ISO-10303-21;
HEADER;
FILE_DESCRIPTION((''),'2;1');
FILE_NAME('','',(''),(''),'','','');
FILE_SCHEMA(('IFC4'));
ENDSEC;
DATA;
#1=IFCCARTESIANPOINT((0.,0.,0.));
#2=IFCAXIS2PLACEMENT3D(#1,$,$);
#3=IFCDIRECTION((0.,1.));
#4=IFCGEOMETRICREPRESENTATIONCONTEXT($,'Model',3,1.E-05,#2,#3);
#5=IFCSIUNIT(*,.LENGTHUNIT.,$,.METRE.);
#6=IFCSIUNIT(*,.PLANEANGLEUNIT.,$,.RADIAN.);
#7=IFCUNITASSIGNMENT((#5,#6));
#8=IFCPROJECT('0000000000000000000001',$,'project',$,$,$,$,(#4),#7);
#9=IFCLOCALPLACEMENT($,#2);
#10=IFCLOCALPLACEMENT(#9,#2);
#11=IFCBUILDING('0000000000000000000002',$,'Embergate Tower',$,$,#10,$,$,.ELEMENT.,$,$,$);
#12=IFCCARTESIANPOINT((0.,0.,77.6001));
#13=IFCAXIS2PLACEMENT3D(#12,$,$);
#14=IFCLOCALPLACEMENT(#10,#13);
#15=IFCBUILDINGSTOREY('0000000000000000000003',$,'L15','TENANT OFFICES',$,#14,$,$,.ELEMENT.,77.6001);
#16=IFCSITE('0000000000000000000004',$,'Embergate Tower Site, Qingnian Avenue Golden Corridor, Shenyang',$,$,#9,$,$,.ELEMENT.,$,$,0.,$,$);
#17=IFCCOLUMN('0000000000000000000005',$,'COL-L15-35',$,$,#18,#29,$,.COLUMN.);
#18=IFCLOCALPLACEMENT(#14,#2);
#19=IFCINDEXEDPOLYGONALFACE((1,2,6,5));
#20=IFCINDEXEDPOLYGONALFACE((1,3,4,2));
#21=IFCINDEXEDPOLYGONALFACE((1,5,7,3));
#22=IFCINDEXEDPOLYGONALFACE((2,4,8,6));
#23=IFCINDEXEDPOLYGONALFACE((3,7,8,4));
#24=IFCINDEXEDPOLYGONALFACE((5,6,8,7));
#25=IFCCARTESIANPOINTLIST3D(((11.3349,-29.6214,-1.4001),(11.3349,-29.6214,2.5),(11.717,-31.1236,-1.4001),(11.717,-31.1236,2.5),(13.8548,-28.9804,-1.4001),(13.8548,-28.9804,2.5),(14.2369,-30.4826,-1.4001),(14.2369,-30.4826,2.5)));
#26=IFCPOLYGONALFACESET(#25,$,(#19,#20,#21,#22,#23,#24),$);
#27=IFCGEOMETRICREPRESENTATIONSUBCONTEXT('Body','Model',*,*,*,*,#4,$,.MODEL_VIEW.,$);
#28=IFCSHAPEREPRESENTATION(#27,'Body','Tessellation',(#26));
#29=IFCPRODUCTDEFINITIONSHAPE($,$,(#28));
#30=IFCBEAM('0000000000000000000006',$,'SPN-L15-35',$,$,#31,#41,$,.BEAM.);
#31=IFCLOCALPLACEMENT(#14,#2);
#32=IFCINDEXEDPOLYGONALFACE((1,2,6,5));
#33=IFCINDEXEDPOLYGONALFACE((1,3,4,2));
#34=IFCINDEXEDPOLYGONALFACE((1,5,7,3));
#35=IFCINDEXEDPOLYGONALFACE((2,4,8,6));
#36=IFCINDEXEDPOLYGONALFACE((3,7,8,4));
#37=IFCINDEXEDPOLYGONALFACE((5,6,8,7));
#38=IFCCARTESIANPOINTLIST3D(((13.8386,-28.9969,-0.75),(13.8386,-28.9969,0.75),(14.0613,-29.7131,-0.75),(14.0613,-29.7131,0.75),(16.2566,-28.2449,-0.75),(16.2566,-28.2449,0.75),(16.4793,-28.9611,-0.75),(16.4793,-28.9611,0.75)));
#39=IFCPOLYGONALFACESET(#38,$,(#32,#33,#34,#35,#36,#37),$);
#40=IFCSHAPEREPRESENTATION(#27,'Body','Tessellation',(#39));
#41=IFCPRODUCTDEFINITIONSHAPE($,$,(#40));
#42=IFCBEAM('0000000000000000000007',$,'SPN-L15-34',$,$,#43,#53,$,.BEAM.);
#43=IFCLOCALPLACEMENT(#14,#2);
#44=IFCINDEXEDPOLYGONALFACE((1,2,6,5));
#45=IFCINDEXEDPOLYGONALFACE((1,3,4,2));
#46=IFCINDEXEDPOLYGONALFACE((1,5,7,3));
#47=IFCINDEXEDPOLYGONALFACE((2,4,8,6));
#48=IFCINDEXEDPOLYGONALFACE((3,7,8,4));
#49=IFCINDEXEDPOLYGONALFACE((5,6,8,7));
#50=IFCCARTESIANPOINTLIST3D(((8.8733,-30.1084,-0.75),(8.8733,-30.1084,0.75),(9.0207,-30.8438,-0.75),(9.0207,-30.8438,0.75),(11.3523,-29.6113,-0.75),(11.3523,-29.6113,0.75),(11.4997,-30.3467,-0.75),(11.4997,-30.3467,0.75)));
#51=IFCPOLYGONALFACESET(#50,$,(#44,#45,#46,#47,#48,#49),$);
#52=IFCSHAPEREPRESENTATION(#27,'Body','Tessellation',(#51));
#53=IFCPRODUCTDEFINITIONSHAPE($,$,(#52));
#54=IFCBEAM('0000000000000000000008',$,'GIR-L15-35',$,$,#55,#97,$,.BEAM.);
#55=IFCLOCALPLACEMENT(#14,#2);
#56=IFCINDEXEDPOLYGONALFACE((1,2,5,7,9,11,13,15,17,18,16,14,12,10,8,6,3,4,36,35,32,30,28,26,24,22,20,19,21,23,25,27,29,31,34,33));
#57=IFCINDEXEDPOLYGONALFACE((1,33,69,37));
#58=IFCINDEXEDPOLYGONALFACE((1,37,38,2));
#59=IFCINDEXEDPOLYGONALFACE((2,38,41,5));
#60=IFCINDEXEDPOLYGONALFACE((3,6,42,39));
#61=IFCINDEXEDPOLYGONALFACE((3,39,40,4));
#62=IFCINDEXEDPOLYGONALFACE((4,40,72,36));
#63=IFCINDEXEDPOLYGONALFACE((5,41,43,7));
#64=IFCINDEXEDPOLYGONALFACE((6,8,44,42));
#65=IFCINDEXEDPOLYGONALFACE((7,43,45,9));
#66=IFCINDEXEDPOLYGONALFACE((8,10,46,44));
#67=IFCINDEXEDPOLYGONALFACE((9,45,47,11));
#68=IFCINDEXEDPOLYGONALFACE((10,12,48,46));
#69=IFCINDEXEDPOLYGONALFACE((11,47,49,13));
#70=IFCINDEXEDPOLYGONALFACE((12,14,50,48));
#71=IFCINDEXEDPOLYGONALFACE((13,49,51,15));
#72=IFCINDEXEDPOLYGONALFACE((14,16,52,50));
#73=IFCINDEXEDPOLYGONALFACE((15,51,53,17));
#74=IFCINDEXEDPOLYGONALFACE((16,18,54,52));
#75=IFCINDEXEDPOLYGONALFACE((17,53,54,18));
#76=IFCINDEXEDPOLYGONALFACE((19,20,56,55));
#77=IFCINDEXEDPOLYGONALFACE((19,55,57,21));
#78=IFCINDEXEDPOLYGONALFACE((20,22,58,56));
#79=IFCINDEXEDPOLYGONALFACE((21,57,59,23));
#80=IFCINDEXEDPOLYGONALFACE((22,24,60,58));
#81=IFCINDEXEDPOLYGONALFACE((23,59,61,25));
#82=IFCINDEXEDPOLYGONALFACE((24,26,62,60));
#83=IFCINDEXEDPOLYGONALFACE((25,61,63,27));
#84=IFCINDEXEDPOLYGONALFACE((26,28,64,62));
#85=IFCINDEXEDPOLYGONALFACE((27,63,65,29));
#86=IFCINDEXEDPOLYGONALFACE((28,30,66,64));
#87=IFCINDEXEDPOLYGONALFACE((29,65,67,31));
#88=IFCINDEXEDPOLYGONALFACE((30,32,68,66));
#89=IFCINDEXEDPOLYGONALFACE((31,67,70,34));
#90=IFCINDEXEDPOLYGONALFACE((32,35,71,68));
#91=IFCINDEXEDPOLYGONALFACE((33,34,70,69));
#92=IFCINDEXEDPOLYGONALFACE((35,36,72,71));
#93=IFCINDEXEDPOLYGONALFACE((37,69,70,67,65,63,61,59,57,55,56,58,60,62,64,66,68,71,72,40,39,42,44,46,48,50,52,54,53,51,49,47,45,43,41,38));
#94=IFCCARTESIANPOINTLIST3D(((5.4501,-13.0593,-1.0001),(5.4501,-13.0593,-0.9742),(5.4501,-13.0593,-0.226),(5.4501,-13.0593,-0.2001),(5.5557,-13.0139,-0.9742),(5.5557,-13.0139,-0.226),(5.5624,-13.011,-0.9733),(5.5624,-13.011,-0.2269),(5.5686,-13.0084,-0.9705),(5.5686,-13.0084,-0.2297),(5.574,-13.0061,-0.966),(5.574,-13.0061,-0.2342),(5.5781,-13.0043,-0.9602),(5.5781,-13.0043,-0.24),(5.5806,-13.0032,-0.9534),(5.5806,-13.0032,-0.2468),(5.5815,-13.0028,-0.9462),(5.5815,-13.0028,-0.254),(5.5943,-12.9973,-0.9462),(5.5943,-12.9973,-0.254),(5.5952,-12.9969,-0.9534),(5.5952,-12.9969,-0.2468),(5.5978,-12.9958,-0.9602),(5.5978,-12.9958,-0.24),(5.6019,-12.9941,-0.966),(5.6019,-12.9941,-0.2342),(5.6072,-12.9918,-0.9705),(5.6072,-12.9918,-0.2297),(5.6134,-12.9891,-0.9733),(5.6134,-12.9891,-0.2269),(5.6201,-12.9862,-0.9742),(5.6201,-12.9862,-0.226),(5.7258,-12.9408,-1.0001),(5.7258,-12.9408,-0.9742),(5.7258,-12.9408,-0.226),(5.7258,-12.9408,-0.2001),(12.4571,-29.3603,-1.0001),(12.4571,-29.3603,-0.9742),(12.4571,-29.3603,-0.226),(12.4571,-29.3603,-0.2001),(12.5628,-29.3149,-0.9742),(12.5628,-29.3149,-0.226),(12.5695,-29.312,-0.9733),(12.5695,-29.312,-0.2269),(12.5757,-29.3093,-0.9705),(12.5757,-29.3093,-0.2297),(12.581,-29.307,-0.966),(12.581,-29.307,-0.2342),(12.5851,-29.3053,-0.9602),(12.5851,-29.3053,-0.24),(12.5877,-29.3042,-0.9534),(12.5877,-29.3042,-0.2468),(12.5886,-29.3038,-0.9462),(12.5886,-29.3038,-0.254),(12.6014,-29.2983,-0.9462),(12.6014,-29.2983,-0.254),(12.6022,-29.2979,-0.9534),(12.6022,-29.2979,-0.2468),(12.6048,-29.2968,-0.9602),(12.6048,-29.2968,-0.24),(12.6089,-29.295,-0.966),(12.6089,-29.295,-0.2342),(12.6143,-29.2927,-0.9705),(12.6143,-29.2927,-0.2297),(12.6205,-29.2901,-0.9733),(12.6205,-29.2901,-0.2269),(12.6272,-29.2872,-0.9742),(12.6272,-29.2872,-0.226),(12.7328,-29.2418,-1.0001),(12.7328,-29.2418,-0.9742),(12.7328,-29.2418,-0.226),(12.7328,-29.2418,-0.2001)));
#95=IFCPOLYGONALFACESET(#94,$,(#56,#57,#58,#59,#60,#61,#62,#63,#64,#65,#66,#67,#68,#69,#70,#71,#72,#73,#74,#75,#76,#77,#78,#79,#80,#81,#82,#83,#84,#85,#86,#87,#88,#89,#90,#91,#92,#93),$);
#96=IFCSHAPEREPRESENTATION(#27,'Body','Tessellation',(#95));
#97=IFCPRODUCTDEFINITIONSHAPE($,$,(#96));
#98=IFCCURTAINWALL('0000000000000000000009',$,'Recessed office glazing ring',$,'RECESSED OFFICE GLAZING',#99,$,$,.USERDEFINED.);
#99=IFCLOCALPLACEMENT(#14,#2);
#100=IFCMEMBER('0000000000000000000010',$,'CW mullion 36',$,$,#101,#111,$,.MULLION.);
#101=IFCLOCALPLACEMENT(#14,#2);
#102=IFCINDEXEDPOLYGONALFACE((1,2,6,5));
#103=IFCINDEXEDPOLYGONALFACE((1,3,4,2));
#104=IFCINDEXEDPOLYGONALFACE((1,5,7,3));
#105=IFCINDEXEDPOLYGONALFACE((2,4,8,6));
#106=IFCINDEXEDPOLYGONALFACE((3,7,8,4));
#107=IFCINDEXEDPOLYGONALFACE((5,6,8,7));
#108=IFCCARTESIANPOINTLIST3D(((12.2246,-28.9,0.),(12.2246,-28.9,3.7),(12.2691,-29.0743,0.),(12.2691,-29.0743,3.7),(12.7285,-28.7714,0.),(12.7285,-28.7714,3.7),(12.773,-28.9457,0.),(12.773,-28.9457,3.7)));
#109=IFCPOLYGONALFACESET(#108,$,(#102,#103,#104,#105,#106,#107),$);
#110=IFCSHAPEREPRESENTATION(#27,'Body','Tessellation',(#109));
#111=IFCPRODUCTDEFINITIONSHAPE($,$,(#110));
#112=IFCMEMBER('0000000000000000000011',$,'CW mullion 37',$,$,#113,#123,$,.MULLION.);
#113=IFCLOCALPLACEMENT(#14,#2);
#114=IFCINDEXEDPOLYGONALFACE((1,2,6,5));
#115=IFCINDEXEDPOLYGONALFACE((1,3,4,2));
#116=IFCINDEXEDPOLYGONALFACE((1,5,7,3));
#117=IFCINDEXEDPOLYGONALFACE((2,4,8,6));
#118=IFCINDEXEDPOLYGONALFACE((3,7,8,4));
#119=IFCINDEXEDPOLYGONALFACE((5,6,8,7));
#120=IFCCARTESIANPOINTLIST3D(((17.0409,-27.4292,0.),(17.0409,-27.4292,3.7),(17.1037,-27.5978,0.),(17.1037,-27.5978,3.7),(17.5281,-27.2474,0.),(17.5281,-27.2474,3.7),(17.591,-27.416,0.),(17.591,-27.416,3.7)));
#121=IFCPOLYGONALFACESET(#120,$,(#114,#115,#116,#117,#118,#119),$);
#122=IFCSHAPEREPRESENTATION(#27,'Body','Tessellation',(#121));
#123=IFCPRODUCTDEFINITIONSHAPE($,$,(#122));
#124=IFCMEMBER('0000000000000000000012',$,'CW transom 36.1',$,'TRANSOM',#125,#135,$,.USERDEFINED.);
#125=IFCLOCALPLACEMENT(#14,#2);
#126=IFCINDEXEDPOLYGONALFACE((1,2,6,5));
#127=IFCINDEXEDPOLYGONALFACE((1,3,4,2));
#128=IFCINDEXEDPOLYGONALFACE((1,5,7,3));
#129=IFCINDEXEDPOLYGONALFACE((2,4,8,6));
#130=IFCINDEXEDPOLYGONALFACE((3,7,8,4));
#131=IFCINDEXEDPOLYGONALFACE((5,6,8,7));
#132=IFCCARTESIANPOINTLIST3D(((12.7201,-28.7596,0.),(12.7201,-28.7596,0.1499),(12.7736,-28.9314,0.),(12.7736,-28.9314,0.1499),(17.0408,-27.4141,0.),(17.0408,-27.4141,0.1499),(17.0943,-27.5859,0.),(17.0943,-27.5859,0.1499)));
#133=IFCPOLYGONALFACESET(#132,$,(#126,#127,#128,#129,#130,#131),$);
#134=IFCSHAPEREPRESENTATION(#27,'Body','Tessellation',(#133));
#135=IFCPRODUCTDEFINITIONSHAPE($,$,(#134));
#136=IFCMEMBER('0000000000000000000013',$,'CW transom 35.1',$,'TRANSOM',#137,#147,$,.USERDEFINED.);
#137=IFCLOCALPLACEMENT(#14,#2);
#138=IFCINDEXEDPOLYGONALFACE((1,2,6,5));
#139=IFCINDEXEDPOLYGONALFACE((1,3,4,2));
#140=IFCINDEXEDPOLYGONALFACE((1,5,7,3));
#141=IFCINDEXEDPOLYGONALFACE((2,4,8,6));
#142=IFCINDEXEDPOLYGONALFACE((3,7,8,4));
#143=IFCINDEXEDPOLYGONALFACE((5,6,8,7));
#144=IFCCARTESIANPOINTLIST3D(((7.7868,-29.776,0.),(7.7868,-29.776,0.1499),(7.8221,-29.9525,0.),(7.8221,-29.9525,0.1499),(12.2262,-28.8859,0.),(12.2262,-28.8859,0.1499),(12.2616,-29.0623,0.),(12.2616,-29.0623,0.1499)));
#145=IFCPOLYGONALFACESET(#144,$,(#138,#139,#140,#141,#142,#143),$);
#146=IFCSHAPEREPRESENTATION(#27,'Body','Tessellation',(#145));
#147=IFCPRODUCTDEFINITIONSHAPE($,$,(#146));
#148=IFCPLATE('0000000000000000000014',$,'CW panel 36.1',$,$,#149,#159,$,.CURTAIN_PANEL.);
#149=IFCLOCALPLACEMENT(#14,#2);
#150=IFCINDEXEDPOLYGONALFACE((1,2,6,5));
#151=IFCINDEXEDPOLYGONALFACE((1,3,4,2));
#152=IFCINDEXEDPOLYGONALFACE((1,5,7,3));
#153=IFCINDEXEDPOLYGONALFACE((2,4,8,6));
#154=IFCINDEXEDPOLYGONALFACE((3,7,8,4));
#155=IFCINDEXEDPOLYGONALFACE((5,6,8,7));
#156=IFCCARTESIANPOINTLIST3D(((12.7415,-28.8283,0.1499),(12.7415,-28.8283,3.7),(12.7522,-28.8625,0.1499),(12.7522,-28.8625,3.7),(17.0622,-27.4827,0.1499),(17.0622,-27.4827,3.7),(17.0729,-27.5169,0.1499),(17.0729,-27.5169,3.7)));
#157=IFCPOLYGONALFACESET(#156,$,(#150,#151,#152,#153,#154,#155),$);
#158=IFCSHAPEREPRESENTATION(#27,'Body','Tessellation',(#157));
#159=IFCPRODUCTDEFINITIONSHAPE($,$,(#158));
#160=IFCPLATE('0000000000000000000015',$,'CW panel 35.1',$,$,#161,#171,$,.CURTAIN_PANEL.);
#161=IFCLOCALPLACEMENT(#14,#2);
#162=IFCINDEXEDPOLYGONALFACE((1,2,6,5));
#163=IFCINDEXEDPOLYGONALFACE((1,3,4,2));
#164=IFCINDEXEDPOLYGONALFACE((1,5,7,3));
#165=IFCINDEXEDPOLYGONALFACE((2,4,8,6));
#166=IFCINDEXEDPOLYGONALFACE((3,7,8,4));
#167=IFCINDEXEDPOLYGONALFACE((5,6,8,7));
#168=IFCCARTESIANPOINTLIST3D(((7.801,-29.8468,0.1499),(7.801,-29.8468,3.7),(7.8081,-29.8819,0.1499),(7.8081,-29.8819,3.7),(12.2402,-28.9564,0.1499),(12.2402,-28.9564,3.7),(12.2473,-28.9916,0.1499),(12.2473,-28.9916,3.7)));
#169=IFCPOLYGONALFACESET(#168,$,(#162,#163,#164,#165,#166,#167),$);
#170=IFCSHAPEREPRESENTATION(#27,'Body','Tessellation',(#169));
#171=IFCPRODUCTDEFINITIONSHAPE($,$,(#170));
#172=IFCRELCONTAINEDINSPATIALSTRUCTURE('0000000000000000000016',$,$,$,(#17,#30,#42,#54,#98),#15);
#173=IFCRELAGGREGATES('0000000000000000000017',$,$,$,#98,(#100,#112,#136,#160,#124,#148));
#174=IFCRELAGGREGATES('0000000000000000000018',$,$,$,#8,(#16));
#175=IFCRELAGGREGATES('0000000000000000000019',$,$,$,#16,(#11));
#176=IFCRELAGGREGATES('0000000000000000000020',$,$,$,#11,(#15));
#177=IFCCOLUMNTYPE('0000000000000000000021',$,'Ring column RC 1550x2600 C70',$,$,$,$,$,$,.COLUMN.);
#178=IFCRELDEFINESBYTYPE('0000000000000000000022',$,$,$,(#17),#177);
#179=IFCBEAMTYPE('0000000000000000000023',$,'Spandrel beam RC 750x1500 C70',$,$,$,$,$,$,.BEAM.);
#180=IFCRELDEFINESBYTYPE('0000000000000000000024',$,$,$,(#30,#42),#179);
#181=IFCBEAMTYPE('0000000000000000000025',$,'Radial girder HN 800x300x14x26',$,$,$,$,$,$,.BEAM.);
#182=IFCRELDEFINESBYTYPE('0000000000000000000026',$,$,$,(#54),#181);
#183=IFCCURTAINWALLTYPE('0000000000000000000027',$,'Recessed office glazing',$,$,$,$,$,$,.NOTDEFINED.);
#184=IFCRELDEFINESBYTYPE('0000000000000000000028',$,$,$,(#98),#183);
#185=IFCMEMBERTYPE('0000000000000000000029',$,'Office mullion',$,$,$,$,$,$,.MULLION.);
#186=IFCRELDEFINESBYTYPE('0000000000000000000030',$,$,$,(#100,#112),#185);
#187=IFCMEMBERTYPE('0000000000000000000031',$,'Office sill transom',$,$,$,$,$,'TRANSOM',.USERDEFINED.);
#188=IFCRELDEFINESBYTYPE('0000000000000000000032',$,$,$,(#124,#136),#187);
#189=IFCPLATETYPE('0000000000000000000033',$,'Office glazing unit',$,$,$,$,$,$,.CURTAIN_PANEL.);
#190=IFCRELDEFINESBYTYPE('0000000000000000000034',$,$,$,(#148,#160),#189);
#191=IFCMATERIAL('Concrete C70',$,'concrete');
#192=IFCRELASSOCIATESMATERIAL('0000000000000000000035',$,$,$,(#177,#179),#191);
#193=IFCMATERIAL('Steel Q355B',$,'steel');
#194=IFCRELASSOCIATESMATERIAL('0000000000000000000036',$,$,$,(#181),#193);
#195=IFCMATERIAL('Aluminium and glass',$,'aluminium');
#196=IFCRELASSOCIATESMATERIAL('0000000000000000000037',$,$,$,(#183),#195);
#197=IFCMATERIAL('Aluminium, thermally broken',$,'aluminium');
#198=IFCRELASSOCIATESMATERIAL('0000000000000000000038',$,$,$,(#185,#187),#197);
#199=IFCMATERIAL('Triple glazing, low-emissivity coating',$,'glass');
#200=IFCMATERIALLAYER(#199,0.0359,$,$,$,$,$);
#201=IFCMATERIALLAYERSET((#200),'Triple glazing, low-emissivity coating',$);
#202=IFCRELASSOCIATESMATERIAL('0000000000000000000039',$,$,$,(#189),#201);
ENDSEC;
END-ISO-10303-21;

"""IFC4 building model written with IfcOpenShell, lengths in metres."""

from ifc_helpers import new_model, si_unit, direction, frame, origin, origin_2d, place, context, subcontext, project, spatial, rectangle, i_section, extrude, source, transform, mapped, material, layer, layer_set, material_profile, profile_set, type_object, element, aggregate, save


model = new_model("IFC4")

# Units and contexts
model_context = context("Model", 3, precision=1e-05, world=origin(), true_north=direction((0.0, 1.0)))
body_context = subcontext(model_context, "Body", "Model", "MODEL_VIEW")
ifc_project = project(units=[si_unit("LENGTHUNIT", "METRE"), si_unit("PLANEANGLEUNIT", "RADIAN")], contexts=[model_context])

# Site, building, storey
site_placement = place(None, origin())
site = spatial("IfcSite", under=ifc_project, at=site_placement, Name="Embergate Tower Site, Qingnian Avenue Golden Corridor, Shenyang", CompositionType="ELEMENT", RefElevation=0.0)
building_placement = place(site_placement, origin())
building = spatial("IfcBuilding", under=site, at=building_placement, Name="Embergate Tower", CompositionType="ELEMENT")
storey_placement = place(building_placement, frame((0.0, 0.0, 77.6001)))
storey = spatial("IfcBuildingStorey", under=building, at=storey_placement, Name="L15", Description="TENANT OFFICES", CompositionType="ELEMENT", Elevation=77.6001)

# Column
ifc_material_1 = material(Name="Concrete C70", Category="concrete")
ifc_material_profile_1 = material_profile(ifc_material_1, rectangle(XDim=1.55, YDim=2.6001, at=origin_2d()), Name="RC 1550x2600")
ifc_profile_set_1 = profile_set([ifc_material_profile_1], Name="Concrete C70")
column_type = type_object("IfcColumnType", Name="Ring column RC 1550x2600 C70", PredefinedType="COLUMN", material=ifc_profile_set_1)
shared_shape_1 = source(origin(), body_context, "Body", "SweptSolid", [
    extrude(rectangle(XDim=1.55, YDim=2.6001, at=origin_2d()), origin(), (0.0, 0.0, 1.0), 3.9001),
])
column_placement = place(storey_placement, frame((12.7859, -30.052, -1.4001), z_axis=(0.0, 0.0, 1.0), x_axis=(0.246509, -0.969141, 0.0)))
element("IfcColumn", 1, at=column_placement, inside=storey, type_object=column_type, Name="COL-L15-35", PredefinedType="COLUMN", context=body_context, shape_type="MappedRepresentation", body=[
    mapped(shared_shape_1, transform((0.0, 0.0, 0.0))),
])

# Beams
ifc_material_profile_2 = material_profile(ifc_material_1, rectangle(XDim=0.75, YDim=1.5, at=origin_2d()), Name="RC 750x1500")
ifc_profile_set_2 = profile_set([ifc_material_profile_2], Name="Concrete C70")
beam_type_1 = type_object("IfcBeamType", Name="Spandrel beam RC 750x1500 C70", PredefinedType="BEAM", material=ifc_profile_set_2)
shared_shape_2 = source(origin(), body_context, "Body", "SweptSolid", [
    extrude(rectangle(XDim=0.75, YDim=1.5, at=origin_2d()), origin(), (0.0, 0.0, 1.0), 2.5322),
])
beam_1_placement = place(storey_placement, frame((13.95, -29.355, 0.0), z_axis=(0.954891, 0.296957, 0.0), x_axis=(-0.296957, 0.954891, 0.0)))
element("IfcBeam", 2, at=beam_1_placement, inside=storey, type_object=beam_type_1, Name="SPN-L15-35", PredefinedType="BEAM", context=body_context, shape_type="MappedRepresentation", body=[
    mapped(shared_shape_2, transform((0.0, 0.0, 0.0))),
])
shared_shape_3 = source(origin(), body_context, "Body", "SweptSolid", [
    extrude(rectangle(XDim=0.75, YDim=1.5, at=origin_2d()), origin(), (0.0, 0.0, 1.0), 2.5283),
])
beam_2_placement = place(storey_placement, frame((8.947, -30.4761, 0.0), z_axis=(0.980484, 0.196599, 0.0), x_axis=(-0.196599, 0.980484, 0.0)))
element("IfcBeam", 3, at=beam_2_placement, inside=storey, type_object=beam_type_1, Name="SPN-L15-34", PredefinedType="BEAM", context=body_context, shape_type="MappedRepresentation", body=[
    mapped(shared_shape_3, transform((0.0, 0.0, 0.0))),
])
ifc_material_2 = material(Name="Steel Q355B", Category="steel")
ifc_material_profile_3 = material_profile(ifc_material_2, i_section(OverallWidth=0.3, OverallDepth=0.8, WebThickness=0.0139, FlangeThickness=0.0259, FilletRadius=0.0281, at=origin_2d()), Name="HN 800x300x14x26")
ifc_profile_set_3 = profile_set([ifc_material_profile_3], Name="Steel Q355 grade B")
beam_type_2 = type_object("IfcBeamType", Name="Radial girder HN 800x300x14x26", PredefinedType="BEAM", material=ifc_profile_set_3)
shared_shape_4 = source(origin(), body_context, "Body", "SweptSolid", [
    extrude(i_section(OverallWidth=0.3, OverallDepth=0.8, WebThickness=0.0139, FlangeThickness=0.0259, FilletRadius=0.0281, at=origin_2d()), origin(), (0.0, 0.0, 1.0), 17.7432),
])
beam_3_placement = place(storey_placement, frame((12.595, -29.301, -0.6001), z_axis=(-0.394915, 0.918717, 0.0), x_axis=(-0.918717, -0.394915, 0.0)))
element("IfcBeam", 4, at=beam_3_placement, inside=storey, type_object=beam_type_2, Name="GIR-L15-35", PredefinedType="BEAM", context=body_context, shape_type="MappedRepresentation", body=[
    mapped(shared_shape_4, transform((0.0, 0.0, 0.0))),
])

# Curtain wall, members, plates
ifc_material_3 = material(Name="Aluminium and glass", Category="aluminium")
curtain_wall_type = type_object("IfcCurtainWallType", Name="Recessed office glazing", PredefinedType="NOTDEFINED", material=ifc_material_3)
curtain_wall_placement = place(storey_placement, origin())
curtain_wall = element("IfcCurtainWall", 5, at=curtain_wall_placement, inside=storey, type_object=curtain_wall_type, Name="Recessed office glazing ring", ObjectType="RECESSED OFFICE GLAZING", PredefinedType="USERDEFINED")
ifc_material_4 = material(Name="Aluminium, thermally broken", Category="aluminium")
ifc_material_profile_4 = material_profile(ifc_material_4, rectangle(XDim=0.1799, YDim=0.52, at=origin_2d()), Name="AL 520x180")
ifc_profile_set_4 = profile_set([ifc_material_profile_4], Name="Aluminium, thermally broken")
member_type_1 = type_object("IfcMemberType", Name="Office mullion", PredefinedType="MULLION", material=ifc_profile_set_4)
shared_shape_5 = source(origin(), body_context, "Body", "SweptSolid", [
    extrude(rectangle(XDim=0.1799, YDim=0.52, at=origin_2d()), origin(), (0.0, 0.0, 1.0), 3.7),
])
member_1_placement = place(storey_placement, frame((12.4988, -28.9229, 0.0), z_axis=(0.0, 0.0, 1.0), x_axis=(-0.247315, 0.968935, 0.0)))
member_1 = element("IfcMember", 6, at=member_1_placement, type_object=member_type_1, Name="CW mullion 36", PredefinedType="MULLION", context=body_context, shape_type="MappedRepresentation", body=[
    mapped(shared_shape_5, transform((0.0, 0.0, 0.0))),
])
member_2_placement = place(storey_placement, frame((17.3159, -27.4226, 0.0), z_axis=(0.0, 0.0, 1.0), x_axis=(-0.349508, 0.936934, 0.0)))
member_2 = element("IfcMember", 7, at=member_2_placement, type_object=member_type_1, Name="CW mullion 37", PredefinedType="MULLION", context=body_context, shape_type="MappedRepresentation", body=[
    mapped(shared_shape_5, transform((0.0, 0.0, 0.0))),
])
ifc_material_profile_5 = material_profile(ifc_material_4, rectangle(XDim=0.1799, YDim=0.1499, at=origin_2d()), Name="AL 150x180")
ifc_profile_set_5 = profile_set([ifc_material_profile_5], Name="Aluminium, thermally broken")
member_type_2 = type_object("IfcMemberType", Name="Office sill transom", ElementType="TRANSOM", PredefinedType="USERDEFINED", material=ifc_profile_set_5)
shared_shape_6 = source(origin(), body_context, "Body", "SweptSolid", [
    extrude(rectangle(XDim=0.1799, YDim=0.1499, at=origin_2d()), origin(), (0.0, 0.0, 1.0), 4.5254),
])
member_3_placement = place(storey_placement, frame((12.7468, -28.8455, 0.075), z_axis=(0.954781, 0.29731, 0.0), x_axis=(-0.29731, 0.954781, 0.0)))
member_3 = element("IfcMember", 8, at=member_3_placement, type_object=member_type_2, Name="CW transom 36.1", ObjectType="TRANSOM", PredefinedType="USERDEFINED", context=body_context, shape_type="MappedRepresentation", body=[
    mapped(shared_shape_6, transform((0.0, 0.0, 0.0))),
])
shared_shape_7 = source(origin(), body_context, "Body", "SweptSolid", [
    extrude(rectangle(XDim=0.1799, YDim=0.1499, at=origin_2d()), origin(), (0.0, 0.0, 1.0), 4.5278),
])
member_4_placement = place(storey_placement, frame((7.8044, -29.8643, 0.075), z_axis=(0.980485, 0.196593, 0.0), x_axis=(-0.196593, 0.980485, 0.0)))
member_4 = element("IfcMember", 9, at=member_4_placement, type_object=member_type_2, Name="CW transom 35.1", ObjectType="TRANSOM", PredefinedType="USERDEFINED", context=body_context, shape_type="MappedRepresentation", body=[
    mapped(shared_shape_7, transform((0.0, 0.0, 0.0))),
])
ifc_material_5 = material(Name="Triple glazing, low-emissivity coating", Category="glass")
ifc_layer_1 = layer(ifc_material_5, 0.0359)
ifc_layer_set_1 = layer_set([ifc_layer_1], Name="Triple glazing, low-emissivity coating")
plate_type = type_object("IfcPlateType", Name="Office glazing unit", PredefinedType="CURTAIN_PANEL", material=ifc_layer_set_1)
shared_shape_8 = source(origin(), body_context, "Body", "SweptSolid", [
    extrude(rectangle(XDim=4.5254, YDim=0.0359, at=origin_2d()), origin(), (0.0, 0.0, 1.0), 3.55),
])
plate_1_placement = place(storey_placement, frame((14.9072, -28.1726, 0.1499), z_axis=(0.0, 0.0, 1.0), x_axis=(0.954771, 0.297342, 0.0)))
plate_1 = element("IfcPlate", 10, at=plate_1_placement, type_object=plate_type, Name="CW panel 36.1", PredefinedType="CURTAIN_PANEL", context=body_context, shape_type="MappedRepresentation", body=[
    mapped(shared_shape_8, transform((0.0, 0.0, 0.0))),
])
shared_shape_9 = source(origin(), body_context, "Body", "SweptSolid", [
    extrude(rectangle(XDim=4.5276, YDim=0.0359, at=origin_2d()), origin(), (0.0, 0.0, 1.0), 3.55),
])
plate_2_placement = place(storey_placement, frame((10.0242, -29.4192, 0.1499), z_axis=(0.0, 0.0, 1.0), x_axis=(0.980475, 0.196643, 0.0)))
plate_2 = element("IfcPlate", 11, at=plate_2_placement, type_object=plate_type, Name="CW panel 35.1", PredefinedType="CURTAIN_PANEL", context=body_context, shape_type="MappedRepresentation", body=[
    mapped(shared_shape_9, transform((0.0, 0.0, 0.0))),
])
aggregate(curtain_wall, [member_1, member_2, member_4, plate_2, member_3, plate_1])

save(model, "model.ifc")
